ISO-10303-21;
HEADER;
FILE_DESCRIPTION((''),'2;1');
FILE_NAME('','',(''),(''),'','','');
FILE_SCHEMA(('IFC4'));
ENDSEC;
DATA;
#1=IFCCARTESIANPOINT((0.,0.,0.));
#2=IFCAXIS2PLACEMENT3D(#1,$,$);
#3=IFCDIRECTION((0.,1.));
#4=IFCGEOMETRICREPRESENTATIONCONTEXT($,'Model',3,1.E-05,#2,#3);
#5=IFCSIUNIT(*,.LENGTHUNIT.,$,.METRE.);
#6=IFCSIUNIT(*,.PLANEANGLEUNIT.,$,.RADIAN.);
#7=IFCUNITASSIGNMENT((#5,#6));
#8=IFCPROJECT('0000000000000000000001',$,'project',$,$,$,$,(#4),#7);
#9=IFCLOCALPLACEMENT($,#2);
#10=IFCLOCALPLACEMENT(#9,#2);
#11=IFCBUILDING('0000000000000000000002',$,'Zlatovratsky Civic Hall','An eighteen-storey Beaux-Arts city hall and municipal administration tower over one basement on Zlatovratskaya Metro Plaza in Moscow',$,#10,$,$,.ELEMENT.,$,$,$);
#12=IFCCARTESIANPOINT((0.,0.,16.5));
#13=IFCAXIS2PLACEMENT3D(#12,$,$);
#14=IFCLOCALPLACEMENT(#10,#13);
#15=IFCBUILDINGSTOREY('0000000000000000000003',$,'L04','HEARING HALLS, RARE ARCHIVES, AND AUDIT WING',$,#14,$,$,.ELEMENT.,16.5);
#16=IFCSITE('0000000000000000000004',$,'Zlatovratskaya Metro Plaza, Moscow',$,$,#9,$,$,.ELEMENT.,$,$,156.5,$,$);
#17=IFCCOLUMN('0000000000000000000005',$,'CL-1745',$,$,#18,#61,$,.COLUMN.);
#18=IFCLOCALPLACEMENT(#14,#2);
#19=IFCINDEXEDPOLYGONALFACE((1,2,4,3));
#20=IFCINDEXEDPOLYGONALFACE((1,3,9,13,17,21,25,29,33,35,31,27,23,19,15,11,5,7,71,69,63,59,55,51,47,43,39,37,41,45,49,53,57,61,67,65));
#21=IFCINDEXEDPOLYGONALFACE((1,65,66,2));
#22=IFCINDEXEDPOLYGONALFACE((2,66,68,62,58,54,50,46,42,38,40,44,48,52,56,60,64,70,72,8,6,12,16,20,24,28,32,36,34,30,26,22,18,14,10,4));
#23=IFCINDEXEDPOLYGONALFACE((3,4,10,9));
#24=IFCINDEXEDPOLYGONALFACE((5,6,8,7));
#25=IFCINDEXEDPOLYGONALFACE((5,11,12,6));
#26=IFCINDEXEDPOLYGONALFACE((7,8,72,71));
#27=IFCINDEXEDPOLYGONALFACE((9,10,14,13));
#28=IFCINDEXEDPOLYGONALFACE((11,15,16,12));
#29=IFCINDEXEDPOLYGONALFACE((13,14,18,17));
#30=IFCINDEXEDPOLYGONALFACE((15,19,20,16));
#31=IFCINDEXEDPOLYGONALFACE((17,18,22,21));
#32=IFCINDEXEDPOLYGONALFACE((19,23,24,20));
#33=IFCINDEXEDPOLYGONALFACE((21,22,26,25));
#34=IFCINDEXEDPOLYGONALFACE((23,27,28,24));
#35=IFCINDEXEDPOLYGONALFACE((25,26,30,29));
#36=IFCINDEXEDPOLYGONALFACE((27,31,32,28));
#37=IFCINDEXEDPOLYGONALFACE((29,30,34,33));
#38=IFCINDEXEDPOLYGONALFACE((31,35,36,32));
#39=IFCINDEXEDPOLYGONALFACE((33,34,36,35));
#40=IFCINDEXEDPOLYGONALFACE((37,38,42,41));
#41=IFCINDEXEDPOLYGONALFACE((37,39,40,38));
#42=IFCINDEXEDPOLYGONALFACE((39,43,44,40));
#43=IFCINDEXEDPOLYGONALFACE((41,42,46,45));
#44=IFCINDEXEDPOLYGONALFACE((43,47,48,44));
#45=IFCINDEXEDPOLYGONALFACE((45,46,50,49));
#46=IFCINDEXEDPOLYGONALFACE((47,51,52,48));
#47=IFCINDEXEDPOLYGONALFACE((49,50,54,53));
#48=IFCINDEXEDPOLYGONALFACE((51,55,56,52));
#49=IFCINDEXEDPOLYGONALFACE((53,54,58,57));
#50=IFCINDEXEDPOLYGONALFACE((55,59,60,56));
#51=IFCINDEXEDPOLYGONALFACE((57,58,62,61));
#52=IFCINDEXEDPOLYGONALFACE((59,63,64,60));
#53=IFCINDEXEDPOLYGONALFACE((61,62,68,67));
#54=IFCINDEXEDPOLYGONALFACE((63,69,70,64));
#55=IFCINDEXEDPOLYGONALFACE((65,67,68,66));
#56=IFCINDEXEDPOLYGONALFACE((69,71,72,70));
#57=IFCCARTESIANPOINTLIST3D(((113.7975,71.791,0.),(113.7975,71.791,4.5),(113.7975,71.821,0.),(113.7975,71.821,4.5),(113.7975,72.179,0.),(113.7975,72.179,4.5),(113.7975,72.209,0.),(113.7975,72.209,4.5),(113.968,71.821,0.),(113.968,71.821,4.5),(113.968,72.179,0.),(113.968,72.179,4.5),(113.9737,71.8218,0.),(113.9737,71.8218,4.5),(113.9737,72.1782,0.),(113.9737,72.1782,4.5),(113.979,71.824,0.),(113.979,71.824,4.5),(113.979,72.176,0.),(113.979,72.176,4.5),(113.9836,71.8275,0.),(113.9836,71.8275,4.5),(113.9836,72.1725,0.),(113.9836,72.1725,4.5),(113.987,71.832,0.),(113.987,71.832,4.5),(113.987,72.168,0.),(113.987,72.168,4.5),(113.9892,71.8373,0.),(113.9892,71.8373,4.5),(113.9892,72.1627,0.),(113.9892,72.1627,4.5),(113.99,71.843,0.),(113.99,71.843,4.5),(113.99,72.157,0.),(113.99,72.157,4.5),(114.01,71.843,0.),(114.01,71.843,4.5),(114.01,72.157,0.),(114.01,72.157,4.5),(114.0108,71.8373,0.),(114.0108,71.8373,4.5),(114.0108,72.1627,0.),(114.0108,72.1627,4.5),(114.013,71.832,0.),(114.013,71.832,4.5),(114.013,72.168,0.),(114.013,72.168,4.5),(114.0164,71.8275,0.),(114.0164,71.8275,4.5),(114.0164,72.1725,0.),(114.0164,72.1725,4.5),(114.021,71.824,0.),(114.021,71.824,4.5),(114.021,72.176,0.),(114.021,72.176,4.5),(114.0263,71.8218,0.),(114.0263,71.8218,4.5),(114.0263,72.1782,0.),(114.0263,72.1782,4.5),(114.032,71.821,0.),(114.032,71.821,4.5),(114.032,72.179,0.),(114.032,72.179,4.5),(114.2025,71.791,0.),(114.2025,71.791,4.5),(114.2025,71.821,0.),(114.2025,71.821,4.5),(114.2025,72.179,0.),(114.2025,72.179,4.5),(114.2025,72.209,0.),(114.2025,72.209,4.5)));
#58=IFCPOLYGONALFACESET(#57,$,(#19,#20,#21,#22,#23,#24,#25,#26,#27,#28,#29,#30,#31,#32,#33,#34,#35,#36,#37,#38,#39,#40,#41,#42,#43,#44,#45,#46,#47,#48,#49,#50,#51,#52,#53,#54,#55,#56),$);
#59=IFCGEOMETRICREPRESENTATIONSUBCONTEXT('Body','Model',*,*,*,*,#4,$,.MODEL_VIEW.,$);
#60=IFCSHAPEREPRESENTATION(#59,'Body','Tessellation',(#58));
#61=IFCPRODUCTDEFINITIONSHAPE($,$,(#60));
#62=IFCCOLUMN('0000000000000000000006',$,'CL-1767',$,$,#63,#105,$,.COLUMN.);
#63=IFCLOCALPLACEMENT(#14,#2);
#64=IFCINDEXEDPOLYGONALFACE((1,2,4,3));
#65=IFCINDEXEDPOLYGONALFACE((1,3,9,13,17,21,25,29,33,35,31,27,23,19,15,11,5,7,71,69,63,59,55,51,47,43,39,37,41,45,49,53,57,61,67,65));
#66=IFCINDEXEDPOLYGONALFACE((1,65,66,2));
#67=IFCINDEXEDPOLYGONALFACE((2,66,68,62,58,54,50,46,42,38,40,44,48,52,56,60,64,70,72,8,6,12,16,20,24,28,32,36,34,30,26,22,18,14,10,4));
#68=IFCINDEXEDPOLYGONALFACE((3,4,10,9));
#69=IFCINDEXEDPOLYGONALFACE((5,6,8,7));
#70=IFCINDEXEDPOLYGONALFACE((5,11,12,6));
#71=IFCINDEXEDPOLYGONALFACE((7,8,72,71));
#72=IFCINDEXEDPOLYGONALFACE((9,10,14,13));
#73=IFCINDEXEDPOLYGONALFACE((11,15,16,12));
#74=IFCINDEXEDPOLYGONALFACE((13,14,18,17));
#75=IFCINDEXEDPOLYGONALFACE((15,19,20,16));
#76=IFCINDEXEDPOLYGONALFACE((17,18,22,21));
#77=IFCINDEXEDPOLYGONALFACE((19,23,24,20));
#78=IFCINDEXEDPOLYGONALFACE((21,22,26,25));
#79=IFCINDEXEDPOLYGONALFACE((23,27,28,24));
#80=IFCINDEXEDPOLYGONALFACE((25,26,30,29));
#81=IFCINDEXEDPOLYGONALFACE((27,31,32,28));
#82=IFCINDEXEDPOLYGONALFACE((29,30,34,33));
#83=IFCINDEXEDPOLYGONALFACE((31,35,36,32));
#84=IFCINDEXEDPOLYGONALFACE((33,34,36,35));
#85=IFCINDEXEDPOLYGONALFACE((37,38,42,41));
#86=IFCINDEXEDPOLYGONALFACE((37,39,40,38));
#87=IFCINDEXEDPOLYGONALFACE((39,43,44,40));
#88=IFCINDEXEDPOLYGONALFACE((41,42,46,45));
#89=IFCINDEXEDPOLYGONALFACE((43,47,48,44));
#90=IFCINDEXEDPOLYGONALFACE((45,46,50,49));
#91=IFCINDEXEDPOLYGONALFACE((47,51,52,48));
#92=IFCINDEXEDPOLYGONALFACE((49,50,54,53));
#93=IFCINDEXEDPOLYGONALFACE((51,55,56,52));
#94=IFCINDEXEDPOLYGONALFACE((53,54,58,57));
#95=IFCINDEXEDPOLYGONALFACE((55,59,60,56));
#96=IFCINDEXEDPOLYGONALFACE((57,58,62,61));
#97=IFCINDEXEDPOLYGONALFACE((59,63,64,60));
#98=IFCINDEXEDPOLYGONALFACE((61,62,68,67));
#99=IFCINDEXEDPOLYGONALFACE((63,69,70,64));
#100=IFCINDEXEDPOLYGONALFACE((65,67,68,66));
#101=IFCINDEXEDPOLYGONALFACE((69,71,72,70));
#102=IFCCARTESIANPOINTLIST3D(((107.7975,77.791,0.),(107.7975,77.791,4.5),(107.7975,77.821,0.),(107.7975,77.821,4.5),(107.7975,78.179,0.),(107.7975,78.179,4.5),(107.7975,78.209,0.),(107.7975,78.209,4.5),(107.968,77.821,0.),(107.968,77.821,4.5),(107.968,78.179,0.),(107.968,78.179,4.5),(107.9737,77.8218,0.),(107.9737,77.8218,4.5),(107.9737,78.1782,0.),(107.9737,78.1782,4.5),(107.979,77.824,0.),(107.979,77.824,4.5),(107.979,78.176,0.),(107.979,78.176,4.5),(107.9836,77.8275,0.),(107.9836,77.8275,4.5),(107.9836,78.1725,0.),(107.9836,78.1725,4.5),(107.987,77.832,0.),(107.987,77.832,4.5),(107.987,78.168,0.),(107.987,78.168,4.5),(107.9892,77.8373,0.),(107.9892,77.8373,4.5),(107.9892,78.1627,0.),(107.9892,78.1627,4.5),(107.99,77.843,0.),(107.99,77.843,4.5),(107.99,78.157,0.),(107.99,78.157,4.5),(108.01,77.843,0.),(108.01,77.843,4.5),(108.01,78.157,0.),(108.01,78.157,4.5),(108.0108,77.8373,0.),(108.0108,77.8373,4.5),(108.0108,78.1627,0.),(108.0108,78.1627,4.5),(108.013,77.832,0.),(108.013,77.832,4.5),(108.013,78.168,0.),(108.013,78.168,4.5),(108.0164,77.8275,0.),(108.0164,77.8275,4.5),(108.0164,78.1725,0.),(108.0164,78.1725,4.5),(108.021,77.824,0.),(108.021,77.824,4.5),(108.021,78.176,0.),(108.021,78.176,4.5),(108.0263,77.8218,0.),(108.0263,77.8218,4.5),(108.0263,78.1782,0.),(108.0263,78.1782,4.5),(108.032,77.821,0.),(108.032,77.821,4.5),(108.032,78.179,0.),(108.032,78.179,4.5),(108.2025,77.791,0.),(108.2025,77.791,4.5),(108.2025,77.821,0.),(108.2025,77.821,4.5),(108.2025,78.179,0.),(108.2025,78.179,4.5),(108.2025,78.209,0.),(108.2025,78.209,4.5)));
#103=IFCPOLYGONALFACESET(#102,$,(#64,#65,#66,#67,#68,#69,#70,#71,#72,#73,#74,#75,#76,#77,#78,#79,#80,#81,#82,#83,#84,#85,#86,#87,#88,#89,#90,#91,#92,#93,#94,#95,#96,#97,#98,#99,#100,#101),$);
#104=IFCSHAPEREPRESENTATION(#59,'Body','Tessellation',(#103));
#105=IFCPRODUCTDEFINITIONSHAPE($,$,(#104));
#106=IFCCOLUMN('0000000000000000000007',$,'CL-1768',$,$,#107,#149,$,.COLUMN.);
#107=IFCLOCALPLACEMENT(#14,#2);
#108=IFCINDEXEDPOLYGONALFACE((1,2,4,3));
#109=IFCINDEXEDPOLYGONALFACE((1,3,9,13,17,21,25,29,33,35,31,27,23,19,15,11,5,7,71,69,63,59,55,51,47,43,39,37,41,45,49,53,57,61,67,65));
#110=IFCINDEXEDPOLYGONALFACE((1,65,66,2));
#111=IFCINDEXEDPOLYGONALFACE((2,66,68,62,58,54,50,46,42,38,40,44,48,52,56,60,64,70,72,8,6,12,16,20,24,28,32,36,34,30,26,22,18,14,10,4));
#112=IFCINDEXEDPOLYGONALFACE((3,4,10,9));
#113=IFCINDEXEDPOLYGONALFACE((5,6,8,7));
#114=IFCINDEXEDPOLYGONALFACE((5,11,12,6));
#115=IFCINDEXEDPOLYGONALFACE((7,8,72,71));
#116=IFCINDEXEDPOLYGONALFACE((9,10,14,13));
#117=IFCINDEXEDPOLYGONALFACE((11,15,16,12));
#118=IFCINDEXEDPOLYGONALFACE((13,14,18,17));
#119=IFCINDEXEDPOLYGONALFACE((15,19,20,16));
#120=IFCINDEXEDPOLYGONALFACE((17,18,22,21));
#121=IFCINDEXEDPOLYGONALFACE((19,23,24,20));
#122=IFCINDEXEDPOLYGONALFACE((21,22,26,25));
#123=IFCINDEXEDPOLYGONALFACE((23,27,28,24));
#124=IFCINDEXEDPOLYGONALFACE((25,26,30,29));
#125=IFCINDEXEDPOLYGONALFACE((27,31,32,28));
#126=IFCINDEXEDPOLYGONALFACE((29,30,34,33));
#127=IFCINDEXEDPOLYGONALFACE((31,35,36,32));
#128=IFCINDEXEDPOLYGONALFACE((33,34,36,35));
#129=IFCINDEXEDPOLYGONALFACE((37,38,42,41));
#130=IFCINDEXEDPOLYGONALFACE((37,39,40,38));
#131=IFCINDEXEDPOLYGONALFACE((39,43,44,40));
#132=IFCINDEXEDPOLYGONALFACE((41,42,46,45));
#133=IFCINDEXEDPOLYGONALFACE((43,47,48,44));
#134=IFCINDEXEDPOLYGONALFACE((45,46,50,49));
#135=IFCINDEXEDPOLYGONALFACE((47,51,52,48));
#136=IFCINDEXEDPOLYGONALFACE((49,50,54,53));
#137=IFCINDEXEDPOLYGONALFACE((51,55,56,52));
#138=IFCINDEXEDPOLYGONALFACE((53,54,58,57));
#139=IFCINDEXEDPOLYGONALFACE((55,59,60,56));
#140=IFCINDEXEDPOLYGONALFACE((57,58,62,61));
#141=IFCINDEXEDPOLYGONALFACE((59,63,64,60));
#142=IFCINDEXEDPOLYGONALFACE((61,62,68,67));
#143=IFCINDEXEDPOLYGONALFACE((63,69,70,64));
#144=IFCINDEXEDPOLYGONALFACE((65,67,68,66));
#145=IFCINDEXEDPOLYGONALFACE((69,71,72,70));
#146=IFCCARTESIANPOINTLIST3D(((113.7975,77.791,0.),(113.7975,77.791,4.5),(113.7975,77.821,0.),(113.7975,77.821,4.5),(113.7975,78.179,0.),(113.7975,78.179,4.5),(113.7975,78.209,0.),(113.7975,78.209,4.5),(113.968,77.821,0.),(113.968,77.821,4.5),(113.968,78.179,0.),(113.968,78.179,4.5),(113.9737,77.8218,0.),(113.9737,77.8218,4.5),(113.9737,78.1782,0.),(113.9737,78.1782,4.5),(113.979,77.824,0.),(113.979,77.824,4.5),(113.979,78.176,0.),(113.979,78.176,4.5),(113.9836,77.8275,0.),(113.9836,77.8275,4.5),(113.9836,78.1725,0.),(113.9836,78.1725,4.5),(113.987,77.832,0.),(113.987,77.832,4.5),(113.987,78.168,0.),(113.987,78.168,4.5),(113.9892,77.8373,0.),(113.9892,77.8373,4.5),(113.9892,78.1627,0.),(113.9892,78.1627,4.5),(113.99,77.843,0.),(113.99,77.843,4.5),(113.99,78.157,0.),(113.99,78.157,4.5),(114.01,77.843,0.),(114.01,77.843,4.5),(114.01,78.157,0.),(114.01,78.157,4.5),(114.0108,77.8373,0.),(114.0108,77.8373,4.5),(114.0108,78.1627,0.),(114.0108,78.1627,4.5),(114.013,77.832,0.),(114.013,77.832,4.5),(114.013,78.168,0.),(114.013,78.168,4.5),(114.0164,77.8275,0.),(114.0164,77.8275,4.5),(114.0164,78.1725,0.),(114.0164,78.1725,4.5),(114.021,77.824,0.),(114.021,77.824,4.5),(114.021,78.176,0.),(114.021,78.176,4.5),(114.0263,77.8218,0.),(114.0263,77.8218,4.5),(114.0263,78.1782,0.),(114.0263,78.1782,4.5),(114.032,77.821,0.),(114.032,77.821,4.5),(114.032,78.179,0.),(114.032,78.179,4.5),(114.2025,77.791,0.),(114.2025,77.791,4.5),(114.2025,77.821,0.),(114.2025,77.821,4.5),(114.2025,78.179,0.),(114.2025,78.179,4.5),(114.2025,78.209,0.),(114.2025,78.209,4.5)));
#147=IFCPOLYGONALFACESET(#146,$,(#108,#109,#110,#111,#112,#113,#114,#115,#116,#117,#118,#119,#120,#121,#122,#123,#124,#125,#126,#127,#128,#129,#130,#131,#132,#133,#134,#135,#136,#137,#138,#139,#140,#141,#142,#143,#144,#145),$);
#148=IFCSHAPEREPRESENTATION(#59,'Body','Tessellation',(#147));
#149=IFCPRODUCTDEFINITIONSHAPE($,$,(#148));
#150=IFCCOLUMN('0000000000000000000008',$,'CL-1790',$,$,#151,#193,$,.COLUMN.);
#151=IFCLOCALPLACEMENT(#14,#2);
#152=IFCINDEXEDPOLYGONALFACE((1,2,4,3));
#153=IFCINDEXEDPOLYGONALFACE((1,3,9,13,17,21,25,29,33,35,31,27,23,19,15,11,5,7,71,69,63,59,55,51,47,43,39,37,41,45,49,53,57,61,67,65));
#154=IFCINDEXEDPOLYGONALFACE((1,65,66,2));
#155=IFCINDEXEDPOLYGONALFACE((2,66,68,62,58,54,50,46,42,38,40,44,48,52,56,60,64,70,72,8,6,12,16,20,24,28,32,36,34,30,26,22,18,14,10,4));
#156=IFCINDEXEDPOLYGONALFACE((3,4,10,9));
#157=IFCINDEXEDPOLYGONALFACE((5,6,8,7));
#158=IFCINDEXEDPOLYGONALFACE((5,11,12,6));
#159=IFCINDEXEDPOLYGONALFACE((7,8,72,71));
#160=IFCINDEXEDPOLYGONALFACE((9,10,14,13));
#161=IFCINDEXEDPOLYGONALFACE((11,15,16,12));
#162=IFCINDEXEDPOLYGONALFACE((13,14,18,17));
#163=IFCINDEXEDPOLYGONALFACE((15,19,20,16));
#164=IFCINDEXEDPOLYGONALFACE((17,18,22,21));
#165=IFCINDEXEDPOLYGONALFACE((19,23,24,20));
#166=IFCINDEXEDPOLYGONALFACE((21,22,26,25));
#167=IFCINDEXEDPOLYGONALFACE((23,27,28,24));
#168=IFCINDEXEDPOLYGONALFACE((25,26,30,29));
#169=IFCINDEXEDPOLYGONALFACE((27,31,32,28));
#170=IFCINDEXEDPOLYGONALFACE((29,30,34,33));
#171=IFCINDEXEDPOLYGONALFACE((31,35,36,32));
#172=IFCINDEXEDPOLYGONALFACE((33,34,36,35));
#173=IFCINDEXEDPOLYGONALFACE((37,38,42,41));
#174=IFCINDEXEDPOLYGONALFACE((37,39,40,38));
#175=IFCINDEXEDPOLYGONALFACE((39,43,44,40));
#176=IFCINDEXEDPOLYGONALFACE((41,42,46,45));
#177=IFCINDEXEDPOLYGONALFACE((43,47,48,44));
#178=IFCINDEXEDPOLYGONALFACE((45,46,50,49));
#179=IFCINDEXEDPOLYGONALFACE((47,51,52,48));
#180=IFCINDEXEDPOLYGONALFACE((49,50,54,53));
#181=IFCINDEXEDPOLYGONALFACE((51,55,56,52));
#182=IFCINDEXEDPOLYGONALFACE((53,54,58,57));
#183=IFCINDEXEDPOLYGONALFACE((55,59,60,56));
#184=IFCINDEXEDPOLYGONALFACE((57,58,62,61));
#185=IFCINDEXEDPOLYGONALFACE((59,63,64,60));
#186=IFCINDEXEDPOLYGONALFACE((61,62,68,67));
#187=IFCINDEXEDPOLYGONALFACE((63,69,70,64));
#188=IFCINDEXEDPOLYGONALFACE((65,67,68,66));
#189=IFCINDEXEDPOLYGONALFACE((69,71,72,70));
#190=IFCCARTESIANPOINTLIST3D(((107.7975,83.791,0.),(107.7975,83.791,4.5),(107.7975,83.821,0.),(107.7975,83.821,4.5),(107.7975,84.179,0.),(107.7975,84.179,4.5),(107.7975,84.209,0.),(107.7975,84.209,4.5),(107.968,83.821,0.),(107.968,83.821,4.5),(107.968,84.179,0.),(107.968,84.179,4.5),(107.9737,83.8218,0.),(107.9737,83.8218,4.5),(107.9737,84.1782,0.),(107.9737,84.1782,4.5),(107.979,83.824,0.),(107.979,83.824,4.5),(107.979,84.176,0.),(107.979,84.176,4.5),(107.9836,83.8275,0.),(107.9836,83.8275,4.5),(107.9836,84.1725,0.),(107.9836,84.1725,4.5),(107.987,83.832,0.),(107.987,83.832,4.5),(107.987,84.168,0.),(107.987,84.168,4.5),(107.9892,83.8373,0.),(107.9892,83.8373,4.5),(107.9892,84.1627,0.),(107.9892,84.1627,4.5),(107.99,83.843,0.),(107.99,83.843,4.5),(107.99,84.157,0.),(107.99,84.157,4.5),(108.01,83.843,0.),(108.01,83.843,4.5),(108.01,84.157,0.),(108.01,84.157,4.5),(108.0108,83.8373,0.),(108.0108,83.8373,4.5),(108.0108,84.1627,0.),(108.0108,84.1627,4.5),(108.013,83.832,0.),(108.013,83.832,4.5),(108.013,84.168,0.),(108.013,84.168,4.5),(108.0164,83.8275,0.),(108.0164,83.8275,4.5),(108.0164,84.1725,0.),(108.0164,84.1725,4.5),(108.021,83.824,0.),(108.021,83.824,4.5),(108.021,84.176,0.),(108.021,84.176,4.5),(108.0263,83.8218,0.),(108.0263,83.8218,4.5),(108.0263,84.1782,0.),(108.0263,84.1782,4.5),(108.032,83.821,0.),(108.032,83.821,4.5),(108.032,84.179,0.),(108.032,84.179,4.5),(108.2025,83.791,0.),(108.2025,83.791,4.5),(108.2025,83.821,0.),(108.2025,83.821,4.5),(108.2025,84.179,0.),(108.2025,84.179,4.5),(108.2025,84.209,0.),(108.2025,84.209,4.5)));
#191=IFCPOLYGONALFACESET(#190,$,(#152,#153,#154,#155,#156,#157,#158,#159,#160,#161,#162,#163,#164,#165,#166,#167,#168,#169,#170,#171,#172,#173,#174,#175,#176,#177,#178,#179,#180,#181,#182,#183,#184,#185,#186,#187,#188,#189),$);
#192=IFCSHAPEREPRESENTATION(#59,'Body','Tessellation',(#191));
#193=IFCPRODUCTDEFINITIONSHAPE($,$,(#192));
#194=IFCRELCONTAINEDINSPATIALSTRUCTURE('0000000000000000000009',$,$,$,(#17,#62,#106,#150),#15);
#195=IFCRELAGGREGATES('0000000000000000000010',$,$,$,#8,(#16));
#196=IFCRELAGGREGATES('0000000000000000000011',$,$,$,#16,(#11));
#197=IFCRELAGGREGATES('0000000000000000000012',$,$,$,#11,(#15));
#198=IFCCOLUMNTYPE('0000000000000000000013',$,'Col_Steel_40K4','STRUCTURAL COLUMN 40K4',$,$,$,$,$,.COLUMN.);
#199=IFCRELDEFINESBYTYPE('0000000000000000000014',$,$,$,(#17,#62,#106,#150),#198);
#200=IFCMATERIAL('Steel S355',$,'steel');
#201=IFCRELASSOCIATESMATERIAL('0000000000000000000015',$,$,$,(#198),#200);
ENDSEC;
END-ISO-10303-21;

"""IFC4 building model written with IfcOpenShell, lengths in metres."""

from ifc_helpers import new_model, si_unit, direction, frame, origin, origin_2d, place, context, subcontext, project, spatial, i_section, extrude, material, material_profile, profile_set, type_object, element, save


model = new_model("IFC4")

# Units and contexts
model_context = context("Model", 3, precision=1e-05, world=origin(), true_north=direction((0.0, 1.0)))
body_context = subcontext(model_context, "Body", "Model", "MODEL_VIEW")
ifc_project = project(units=[si_unit("LENGTHUNIT", "METRE"), si_unit("PLANEANGLEUNIT", "RADIAN")], contexts=[model_context])

# Site, building, storey
site_placement = place(None, origin())
site = spatial("IfcSite", under=ifc_project, at=site_placement, Name="Zlatovratskaya Metro Plaza, Moscow", CompositionType="ELEMENT", RefElevation=156.5)
building_placement = place(site_placement, origin())
building = spatial("IfcBuilding", under=site, at=building_placement, Name="Zlatovratsky Civic Hall", Description="An eighteen-storey Beaux-Arts city hall and municipal administration tower over one basement on Zlatovratskaya Metro Plaza in Moscow", CompositionType="ELEMENT")
storey_placement = place(building_placement, frame((0.0, 0.0, 16.5)))
storey = spatial("IfcBuildingStorey", under=building, at=storey_placement, Name="L04", Description="HEARING HALLS, RARE ARCHIVES, AND AUDIT WING", CompositionType="ELEMENT", Elevation=16.5)

# Columns
ifc_material_1 = material(Name="Steel S355", Category="steel")
ifc_material_profile_1 = material_profile(ifc_material_1, i_section(OverallWidth=0.405, OverallDepth=0.418, WebThickness=0.02, FlangeThickness=0.03, FilletRadius=0.022, at=origin_2d()), Name="40K4")
ifc_profile_set_1 = profile_set([ifc_material_profile_1], Name="Steel S355")
column_type_1 = type_object("IfcColumnType", Name="Col_Steel_40K4", Description="STRUCTURAL COLUMN 40K4", PredefinedType="COLUMN", material=ifc_profile_set_1)
for number, where, z_axis, x_axis, name in (
    (1, (114.0, 72.0, 0.0), (0.0, 0.0, 1.0), (1.0, 0.0, 0.0), "CL-1745"),
    (2, (108.0, 78.0, 0.0), (0.0, 0.0, 1.0), (1.0, 0.0, 0.0), "CL-1767"),
    (3, (114.0, 78.0, 0.0), (0.0, 0.0, 1.0), (1.0, 0.0, 0.0), "CL-1768"),
    (4, (108.0, 84.0, 0.0), (0.0, 0.0, 1.0), (1.0, 0.0, 0.0), "CL-1790"),
):
    element("IfcColumn", number, at=place(storey_placement, frame(where, z_axis=z_axis, x_axis=x_axis)), inside=storey, type_object=column_type_1, Name=name, PredefinedType="COLUMN", context=body_context, shape_type="SweptSolid", body=[
        extrude(i_section(OverallWidth=0.405, OverallDepth=0.418, WebThickness=0.02, FlangeThickness=0.03, FilletRadius=0.022, at=origin_2d()), origin(), (0.0, 0.0, 1.0), 4.5),
    ])

save(model, "model.ifc")
